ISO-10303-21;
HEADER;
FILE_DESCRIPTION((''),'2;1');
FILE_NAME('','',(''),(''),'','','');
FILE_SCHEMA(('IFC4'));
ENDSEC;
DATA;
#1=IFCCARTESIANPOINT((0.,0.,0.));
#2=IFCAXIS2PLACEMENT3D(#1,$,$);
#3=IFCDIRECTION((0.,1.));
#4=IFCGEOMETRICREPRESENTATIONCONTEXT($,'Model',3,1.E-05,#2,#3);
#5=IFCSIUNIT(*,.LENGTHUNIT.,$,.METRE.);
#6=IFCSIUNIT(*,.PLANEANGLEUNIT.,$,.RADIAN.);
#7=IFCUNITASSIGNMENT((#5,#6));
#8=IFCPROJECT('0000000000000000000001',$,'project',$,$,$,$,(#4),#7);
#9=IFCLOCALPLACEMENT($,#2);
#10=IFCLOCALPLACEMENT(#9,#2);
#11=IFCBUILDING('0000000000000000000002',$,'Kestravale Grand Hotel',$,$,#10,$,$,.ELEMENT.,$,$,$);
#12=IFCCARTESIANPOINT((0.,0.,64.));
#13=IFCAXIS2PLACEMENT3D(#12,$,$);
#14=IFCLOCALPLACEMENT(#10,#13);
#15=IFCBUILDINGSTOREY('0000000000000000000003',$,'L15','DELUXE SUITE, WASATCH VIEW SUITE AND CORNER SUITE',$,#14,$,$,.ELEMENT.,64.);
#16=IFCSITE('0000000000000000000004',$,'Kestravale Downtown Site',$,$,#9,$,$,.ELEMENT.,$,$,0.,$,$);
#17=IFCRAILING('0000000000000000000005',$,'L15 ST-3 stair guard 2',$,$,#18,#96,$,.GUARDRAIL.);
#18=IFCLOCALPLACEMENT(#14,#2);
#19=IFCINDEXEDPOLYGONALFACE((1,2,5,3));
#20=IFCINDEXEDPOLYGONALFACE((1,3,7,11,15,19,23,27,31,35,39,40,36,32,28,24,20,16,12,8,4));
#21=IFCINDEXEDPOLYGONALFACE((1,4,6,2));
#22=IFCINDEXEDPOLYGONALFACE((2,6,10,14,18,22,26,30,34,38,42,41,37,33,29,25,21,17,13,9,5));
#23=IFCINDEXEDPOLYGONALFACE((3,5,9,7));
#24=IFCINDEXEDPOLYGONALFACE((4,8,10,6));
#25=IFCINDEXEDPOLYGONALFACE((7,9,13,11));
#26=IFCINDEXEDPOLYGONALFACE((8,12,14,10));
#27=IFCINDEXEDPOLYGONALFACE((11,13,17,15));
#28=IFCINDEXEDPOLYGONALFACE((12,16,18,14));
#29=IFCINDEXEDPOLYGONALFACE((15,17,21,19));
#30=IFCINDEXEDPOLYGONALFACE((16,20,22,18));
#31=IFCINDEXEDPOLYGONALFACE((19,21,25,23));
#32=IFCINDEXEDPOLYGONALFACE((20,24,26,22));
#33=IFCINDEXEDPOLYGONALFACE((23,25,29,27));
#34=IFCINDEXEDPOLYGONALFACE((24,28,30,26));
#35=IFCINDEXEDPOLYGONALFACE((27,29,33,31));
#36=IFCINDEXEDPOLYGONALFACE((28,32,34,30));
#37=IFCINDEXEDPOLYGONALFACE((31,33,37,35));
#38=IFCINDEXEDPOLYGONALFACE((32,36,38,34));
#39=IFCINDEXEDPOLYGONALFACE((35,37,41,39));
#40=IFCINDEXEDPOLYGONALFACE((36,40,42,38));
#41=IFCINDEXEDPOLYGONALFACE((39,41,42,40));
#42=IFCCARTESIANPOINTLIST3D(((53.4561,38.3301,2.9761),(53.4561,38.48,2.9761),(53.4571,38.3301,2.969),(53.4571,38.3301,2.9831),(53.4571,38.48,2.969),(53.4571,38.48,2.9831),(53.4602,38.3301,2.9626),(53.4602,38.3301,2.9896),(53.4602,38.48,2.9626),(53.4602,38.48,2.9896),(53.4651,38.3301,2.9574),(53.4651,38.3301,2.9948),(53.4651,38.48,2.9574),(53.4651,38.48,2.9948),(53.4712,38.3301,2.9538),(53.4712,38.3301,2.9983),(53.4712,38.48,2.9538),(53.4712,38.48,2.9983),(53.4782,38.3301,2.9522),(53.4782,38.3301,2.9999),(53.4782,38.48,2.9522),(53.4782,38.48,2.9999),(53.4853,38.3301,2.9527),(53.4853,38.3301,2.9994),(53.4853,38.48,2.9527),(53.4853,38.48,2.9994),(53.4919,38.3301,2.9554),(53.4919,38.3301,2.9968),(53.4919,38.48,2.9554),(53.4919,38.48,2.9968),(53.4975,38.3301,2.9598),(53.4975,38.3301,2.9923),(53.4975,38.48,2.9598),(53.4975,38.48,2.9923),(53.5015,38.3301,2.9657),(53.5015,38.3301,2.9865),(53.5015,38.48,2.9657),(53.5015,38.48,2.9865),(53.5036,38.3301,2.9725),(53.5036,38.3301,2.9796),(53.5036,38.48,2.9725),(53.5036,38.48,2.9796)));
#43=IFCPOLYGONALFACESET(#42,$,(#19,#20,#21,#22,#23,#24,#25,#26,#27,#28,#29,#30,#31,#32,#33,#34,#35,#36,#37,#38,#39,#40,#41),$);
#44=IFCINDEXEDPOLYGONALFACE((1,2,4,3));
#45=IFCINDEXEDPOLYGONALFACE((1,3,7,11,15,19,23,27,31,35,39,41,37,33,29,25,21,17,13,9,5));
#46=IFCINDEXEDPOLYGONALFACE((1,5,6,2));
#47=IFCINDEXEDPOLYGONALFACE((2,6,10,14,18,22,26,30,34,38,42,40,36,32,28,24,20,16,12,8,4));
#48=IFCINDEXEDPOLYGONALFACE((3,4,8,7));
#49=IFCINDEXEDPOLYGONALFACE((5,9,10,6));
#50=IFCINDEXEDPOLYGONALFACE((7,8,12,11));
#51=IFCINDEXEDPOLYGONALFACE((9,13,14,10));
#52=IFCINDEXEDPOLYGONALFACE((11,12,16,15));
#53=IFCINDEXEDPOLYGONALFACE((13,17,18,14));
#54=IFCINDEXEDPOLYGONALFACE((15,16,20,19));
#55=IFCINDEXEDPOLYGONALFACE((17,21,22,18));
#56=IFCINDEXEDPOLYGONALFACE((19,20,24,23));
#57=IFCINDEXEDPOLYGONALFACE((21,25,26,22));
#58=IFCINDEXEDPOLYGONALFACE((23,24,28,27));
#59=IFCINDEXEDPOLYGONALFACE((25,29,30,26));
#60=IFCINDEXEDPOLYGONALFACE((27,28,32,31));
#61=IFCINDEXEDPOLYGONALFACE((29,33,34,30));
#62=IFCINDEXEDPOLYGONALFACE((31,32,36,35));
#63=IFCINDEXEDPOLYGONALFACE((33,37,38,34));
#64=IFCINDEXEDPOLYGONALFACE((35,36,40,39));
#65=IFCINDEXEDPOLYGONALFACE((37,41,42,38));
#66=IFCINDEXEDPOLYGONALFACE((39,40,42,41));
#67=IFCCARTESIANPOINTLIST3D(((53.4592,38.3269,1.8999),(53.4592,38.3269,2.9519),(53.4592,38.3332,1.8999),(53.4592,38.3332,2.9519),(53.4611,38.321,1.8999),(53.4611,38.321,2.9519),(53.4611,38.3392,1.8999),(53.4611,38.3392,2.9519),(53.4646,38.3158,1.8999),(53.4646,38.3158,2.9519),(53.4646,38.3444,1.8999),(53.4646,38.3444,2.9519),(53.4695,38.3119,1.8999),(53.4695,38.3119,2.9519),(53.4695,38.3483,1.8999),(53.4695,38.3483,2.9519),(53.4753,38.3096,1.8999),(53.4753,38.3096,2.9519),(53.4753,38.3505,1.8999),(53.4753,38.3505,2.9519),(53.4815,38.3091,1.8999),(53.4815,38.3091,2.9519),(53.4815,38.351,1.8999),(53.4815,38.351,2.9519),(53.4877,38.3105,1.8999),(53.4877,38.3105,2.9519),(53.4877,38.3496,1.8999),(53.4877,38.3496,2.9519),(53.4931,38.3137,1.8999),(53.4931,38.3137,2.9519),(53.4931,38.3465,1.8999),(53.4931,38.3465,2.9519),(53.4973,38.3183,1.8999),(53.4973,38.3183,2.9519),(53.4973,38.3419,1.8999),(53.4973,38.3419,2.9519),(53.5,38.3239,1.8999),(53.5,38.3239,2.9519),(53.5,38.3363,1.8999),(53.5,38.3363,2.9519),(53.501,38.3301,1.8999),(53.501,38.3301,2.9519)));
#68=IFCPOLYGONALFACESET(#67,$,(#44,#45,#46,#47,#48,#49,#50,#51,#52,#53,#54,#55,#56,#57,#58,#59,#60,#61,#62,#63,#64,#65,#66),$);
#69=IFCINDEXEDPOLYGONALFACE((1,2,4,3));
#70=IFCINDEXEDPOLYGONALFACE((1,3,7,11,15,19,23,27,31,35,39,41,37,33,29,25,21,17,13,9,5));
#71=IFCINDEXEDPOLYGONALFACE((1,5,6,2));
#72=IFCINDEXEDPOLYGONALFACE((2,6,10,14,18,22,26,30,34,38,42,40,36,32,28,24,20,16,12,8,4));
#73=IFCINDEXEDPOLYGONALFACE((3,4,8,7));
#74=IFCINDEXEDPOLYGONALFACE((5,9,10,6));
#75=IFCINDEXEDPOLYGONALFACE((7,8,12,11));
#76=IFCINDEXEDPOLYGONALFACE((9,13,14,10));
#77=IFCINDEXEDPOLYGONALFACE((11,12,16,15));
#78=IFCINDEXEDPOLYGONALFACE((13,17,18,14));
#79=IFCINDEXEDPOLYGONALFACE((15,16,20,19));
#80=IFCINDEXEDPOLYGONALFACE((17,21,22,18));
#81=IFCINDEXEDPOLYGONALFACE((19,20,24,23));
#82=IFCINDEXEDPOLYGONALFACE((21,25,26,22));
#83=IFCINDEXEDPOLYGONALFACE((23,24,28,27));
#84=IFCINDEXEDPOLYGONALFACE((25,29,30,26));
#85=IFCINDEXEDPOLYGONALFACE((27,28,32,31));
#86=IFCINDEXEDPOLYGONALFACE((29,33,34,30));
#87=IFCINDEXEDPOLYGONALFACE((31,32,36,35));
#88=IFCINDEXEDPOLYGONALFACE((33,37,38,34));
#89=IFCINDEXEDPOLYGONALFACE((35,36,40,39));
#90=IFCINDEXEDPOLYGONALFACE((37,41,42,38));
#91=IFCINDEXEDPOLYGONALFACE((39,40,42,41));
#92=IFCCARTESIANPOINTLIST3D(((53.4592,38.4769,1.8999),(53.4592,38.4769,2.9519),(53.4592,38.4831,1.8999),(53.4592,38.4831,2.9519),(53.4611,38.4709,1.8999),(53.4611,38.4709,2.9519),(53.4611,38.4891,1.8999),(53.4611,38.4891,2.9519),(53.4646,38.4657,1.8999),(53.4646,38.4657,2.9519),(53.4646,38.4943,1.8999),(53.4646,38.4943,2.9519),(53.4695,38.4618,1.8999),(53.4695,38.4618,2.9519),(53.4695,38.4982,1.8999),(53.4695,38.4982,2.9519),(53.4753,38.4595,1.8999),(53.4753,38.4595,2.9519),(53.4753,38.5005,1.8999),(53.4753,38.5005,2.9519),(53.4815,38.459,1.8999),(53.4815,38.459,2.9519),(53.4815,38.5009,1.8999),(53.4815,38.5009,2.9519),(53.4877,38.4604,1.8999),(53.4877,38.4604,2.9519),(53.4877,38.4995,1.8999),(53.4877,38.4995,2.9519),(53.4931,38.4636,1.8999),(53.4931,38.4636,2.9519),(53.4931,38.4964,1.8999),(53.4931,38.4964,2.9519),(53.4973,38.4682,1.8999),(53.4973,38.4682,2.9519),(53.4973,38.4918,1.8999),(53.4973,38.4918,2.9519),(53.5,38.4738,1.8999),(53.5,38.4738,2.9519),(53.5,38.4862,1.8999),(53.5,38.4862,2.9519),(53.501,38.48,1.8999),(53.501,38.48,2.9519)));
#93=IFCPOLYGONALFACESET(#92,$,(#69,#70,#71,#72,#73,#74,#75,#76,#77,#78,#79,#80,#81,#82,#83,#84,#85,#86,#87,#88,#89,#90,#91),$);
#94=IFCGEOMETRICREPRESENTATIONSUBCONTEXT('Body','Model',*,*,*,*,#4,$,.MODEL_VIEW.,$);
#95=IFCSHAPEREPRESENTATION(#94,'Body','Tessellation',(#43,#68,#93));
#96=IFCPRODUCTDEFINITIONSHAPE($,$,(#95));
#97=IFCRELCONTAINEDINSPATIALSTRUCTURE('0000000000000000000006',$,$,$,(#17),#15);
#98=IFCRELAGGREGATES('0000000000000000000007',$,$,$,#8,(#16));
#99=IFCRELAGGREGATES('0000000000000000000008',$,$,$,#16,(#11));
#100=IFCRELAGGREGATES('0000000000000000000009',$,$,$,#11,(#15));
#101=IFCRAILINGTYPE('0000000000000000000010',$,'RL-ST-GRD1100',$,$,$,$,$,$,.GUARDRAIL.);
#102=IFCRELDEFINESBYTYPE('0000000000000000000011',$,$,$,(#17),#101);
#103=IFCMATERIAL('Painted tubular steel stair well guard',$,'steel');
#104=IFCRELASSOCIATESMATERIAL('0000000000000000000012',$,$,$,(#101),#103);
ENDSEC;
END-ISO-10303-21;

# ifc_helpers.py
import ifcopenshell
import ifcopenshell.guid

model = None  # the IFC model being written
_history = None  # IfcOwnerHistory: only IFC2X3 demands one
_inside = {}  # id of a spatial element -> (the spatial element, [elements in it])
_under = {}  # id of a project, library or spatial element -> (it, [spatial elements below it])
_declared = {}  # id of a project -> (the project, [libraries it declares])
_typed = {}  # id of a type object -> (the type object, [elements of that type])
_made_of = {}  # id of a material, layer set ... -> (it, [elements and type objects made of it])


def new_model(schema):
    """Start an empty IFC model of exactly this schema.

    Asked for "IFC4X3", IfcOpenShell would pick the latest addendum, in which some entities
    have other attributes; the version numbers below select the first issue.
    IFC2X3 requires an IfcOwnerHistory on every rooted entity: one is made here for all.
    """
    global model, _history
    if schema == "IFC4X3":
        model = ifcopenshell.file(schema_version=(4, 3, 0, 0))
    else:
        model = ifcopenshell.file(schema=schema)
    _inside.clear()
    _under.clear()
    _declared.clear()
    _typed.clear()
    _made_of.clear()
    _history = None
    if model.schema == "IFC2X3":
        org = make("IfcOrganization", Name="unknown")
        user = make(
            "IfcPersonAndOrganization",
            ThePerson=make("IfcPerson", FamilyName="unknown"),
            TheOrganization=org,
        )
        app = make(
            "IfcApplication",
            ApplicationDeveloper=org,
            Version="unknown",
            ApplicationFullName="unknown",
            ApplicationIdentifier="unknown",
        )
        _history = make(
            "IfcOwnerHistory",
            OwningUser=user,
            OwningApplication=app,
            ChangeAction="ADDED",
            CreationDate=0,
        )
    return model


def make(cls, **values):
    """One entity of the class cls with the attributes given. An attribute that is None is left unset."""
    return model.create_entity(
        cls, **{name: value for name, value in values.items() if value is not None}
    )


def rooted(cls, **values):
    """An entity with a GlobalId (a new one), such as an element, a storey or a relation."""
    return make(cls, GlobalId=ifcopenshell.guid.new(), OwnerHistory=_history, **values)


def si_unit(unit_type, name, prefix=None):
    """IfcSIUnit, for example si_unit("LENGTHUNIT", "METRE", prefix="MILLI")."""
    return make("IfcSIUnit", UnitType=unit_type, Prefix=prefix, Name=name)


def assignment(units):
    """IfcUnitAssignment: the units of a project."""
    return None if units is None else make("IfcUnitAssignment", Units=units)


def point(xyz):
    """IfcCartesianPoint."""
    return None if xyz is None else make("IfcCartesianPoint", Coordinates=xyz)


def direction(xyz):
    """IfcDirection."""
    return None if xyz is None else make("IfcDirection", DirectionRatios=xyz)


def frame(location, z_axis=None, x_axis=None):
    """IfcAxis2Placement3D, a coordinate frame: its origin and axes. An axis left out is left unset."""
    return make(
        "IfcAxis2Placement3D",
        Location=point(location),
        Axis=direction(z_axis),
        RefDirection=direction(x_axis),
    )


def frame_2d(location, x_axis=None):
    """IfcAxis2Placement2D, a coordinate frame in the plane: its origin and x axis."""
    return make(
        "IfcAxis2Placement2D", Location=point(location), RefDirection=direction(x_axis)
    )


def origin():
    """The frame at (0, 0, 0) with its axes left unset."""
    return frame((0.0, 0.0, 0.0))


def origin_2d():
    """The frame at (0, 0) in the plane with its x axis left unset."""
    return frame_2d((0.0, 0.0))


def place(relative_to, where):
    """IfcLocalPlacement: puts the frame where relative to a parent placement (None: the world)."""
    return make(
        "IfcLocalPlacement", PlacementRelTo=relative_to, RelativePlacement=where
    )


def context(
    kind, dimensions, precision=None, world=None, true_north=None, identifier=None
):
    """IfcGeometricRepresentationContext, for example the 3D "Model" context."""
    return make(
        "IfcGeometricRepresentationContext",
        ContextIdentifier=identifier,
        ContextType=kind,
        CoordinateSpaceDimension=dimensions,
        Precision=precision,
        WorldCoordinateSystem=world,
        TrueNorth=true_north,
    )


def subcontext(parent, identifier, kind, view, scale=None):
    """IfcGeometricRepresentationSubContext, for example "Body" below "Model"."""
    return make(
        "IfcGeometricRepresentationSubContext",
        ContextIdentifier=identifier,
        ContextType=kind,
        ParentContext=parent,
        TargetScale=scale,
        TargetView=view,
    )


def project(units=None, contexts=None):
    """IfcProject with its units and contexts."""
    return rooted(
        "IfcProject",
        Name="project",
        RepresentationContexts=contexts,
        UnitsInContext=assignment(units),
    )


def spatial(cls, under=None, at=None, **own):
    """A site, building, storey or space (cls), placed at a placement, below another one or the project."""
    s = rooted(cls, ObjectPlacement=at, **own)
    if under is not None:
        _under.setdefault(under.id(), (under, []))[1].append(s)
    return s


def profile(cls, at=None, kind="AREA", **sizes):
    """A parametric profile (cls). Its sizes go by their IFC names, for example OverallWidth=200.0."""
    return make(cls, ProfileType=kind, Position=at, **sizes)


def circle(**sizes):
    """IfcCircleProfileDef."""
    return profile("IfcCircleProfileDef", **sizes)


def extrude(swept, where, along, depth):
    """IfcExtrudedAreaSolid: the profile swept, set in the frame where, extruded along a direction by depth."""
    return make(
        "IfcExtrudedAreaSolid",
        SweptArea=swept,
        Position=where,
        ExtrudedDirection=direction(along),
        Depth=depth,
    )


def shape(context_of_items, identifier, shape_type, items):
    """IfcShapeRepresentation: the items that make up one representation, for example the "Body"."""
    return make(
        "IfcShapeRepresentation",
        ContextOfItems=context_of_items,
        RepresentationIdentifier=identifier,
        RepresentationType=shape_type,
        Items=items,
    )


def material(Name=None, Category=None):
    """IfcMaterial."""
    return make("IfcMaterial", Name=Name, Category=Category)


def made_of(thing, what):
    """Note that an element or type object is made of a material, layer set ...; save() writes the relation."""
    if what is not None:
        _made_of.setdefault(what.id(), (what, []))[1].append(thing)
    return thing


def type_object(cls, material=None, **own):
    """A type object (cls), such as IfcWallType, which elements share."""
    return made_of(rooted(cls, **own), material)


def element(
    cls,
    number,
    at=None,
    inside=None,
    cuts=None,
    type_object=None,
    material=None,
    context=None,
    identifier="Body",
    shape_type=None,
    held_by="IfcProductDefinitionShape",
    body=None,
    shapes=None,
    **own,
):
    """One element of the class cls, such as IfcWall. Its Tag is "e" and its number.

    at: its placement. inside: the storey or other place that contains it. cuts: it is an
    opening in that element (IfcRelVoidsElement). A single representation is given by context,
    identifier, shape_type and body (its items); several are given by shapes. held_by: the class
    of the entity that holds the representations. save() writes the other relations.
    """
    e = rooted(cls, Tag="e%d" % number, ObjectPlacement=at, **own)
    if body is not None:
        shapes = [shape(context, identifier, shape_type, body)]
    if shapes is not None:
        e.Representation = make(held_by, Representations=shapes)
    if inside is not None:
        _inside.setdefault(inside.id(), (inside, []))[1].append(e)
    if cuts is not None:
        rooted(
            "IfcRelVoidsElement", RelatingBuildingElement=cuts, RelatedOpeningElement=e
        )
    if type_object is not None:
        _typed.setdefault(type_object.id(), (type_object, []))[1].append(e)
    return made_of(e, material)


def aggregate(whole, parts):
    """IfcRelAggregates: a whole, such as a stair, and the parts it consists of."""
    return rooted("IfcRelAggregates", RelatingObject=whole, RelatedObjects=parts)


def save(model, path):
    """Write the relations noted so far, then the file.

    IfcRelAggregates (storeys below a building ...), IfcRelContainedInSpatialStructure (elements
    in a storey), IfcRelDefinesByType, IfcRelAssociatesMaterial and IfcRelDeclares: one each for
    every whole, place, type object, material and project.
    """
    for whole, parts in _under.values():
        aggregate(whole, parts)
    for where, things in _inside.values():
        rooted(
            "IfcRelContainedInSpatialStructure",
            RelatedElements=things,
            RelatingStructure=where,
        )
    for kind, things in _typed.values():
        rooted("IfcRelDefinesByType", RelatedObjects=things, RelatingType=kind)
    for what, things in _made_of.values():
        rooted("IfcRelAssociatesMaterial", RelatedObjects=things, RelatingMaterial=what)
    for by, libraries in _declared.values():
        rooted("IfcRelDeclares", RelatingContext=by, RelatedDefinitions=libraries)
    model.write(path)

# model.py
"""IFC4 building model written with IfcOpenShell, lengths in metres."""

from ifc_helpers import new_model, si_unit, direction, frame, origin, origin_2d, place, context, subcontext, project, spatial, circle, extrude, material, type_object, element, save


model = new_model("IFC4")

# Units and contexts
model_context = context("Model", 3, precision=1e-05, world=origin(), true_north=direction((0.0, 1.0)))
body_context = subcontext(model_context, "Body", "Model", "MODEL_VIEW")
ifc_project = project(units=[si_unit("LENGTHUNIT", "METRE"), si_unit("PLANEANGLEUNIT", "RADIAN")], contexts=[model_context])

# Site, building, storey
site_placement = place(None, origin())
site = spatial("IfcSite", under=ifc_project, at=site_placement, Name="Kestravale Downtown Site", CompositionType="ELEMENT", RefElevation=0.0)
building_placement = place(site_placement, origin())
building = spatial("IfcBuilding", under=site, at=building_placement, Name="Kestravale Grand Hotel", CompositionType="ELEMENT")
storey_placement = place(building_placement, frame((0.0, 0.0, 64.0)))
storey = spatial("IfcBuildingStorey", under=building, at=storey_placement, Name="L15", Description="DELUXE SUITE, WASATCH VIEW SUITE AND CORNER SUITE", CompositionType="ELEMENT", Elevation=64.0)

# Railing
ifc_material_1 = material(Name="Painted tubular steel stair well guard", Category="steel")
railing_type_1 = type_object("IfcRailingType", Name="RL-ST-GRD1100", PredefinedType="GUARDRAIL", material=ifc_material_1)
railing_1_placement = place(storey_placement, frame((53.48, 38.3301, 1.8999)))
element("IfcRailing", 1, at=railing_1_placement, inside=storey, type_object=railing_type_1, Name="L15 ST-3 stair guard 2", PredefinedType="GUARDRAIL", context=body_context, shape_type="SweptSolid", body=[
    extrude(circle(Radius=0.0239, at=origin_2d()), frame((0.0, 0.0, 1.0762), z_axis=(0.0, 1.0, 0.0), x_axis=(-1.0, 0.0, 0.0)), (0.0, 0.0, 1.0), 0.1499),
    extrude(circle(Radius=0.021, at=origin_2d()), origin(), (0.0, 0.0, 1.0), 1.052),
    extrude(circle(Radius=0.021, at=origin_2d()), frame((0.0, 0.1499, 0.0)), (0.0, 0.0, 1.0), 1.052),
])

save(model, "model.ifc")
